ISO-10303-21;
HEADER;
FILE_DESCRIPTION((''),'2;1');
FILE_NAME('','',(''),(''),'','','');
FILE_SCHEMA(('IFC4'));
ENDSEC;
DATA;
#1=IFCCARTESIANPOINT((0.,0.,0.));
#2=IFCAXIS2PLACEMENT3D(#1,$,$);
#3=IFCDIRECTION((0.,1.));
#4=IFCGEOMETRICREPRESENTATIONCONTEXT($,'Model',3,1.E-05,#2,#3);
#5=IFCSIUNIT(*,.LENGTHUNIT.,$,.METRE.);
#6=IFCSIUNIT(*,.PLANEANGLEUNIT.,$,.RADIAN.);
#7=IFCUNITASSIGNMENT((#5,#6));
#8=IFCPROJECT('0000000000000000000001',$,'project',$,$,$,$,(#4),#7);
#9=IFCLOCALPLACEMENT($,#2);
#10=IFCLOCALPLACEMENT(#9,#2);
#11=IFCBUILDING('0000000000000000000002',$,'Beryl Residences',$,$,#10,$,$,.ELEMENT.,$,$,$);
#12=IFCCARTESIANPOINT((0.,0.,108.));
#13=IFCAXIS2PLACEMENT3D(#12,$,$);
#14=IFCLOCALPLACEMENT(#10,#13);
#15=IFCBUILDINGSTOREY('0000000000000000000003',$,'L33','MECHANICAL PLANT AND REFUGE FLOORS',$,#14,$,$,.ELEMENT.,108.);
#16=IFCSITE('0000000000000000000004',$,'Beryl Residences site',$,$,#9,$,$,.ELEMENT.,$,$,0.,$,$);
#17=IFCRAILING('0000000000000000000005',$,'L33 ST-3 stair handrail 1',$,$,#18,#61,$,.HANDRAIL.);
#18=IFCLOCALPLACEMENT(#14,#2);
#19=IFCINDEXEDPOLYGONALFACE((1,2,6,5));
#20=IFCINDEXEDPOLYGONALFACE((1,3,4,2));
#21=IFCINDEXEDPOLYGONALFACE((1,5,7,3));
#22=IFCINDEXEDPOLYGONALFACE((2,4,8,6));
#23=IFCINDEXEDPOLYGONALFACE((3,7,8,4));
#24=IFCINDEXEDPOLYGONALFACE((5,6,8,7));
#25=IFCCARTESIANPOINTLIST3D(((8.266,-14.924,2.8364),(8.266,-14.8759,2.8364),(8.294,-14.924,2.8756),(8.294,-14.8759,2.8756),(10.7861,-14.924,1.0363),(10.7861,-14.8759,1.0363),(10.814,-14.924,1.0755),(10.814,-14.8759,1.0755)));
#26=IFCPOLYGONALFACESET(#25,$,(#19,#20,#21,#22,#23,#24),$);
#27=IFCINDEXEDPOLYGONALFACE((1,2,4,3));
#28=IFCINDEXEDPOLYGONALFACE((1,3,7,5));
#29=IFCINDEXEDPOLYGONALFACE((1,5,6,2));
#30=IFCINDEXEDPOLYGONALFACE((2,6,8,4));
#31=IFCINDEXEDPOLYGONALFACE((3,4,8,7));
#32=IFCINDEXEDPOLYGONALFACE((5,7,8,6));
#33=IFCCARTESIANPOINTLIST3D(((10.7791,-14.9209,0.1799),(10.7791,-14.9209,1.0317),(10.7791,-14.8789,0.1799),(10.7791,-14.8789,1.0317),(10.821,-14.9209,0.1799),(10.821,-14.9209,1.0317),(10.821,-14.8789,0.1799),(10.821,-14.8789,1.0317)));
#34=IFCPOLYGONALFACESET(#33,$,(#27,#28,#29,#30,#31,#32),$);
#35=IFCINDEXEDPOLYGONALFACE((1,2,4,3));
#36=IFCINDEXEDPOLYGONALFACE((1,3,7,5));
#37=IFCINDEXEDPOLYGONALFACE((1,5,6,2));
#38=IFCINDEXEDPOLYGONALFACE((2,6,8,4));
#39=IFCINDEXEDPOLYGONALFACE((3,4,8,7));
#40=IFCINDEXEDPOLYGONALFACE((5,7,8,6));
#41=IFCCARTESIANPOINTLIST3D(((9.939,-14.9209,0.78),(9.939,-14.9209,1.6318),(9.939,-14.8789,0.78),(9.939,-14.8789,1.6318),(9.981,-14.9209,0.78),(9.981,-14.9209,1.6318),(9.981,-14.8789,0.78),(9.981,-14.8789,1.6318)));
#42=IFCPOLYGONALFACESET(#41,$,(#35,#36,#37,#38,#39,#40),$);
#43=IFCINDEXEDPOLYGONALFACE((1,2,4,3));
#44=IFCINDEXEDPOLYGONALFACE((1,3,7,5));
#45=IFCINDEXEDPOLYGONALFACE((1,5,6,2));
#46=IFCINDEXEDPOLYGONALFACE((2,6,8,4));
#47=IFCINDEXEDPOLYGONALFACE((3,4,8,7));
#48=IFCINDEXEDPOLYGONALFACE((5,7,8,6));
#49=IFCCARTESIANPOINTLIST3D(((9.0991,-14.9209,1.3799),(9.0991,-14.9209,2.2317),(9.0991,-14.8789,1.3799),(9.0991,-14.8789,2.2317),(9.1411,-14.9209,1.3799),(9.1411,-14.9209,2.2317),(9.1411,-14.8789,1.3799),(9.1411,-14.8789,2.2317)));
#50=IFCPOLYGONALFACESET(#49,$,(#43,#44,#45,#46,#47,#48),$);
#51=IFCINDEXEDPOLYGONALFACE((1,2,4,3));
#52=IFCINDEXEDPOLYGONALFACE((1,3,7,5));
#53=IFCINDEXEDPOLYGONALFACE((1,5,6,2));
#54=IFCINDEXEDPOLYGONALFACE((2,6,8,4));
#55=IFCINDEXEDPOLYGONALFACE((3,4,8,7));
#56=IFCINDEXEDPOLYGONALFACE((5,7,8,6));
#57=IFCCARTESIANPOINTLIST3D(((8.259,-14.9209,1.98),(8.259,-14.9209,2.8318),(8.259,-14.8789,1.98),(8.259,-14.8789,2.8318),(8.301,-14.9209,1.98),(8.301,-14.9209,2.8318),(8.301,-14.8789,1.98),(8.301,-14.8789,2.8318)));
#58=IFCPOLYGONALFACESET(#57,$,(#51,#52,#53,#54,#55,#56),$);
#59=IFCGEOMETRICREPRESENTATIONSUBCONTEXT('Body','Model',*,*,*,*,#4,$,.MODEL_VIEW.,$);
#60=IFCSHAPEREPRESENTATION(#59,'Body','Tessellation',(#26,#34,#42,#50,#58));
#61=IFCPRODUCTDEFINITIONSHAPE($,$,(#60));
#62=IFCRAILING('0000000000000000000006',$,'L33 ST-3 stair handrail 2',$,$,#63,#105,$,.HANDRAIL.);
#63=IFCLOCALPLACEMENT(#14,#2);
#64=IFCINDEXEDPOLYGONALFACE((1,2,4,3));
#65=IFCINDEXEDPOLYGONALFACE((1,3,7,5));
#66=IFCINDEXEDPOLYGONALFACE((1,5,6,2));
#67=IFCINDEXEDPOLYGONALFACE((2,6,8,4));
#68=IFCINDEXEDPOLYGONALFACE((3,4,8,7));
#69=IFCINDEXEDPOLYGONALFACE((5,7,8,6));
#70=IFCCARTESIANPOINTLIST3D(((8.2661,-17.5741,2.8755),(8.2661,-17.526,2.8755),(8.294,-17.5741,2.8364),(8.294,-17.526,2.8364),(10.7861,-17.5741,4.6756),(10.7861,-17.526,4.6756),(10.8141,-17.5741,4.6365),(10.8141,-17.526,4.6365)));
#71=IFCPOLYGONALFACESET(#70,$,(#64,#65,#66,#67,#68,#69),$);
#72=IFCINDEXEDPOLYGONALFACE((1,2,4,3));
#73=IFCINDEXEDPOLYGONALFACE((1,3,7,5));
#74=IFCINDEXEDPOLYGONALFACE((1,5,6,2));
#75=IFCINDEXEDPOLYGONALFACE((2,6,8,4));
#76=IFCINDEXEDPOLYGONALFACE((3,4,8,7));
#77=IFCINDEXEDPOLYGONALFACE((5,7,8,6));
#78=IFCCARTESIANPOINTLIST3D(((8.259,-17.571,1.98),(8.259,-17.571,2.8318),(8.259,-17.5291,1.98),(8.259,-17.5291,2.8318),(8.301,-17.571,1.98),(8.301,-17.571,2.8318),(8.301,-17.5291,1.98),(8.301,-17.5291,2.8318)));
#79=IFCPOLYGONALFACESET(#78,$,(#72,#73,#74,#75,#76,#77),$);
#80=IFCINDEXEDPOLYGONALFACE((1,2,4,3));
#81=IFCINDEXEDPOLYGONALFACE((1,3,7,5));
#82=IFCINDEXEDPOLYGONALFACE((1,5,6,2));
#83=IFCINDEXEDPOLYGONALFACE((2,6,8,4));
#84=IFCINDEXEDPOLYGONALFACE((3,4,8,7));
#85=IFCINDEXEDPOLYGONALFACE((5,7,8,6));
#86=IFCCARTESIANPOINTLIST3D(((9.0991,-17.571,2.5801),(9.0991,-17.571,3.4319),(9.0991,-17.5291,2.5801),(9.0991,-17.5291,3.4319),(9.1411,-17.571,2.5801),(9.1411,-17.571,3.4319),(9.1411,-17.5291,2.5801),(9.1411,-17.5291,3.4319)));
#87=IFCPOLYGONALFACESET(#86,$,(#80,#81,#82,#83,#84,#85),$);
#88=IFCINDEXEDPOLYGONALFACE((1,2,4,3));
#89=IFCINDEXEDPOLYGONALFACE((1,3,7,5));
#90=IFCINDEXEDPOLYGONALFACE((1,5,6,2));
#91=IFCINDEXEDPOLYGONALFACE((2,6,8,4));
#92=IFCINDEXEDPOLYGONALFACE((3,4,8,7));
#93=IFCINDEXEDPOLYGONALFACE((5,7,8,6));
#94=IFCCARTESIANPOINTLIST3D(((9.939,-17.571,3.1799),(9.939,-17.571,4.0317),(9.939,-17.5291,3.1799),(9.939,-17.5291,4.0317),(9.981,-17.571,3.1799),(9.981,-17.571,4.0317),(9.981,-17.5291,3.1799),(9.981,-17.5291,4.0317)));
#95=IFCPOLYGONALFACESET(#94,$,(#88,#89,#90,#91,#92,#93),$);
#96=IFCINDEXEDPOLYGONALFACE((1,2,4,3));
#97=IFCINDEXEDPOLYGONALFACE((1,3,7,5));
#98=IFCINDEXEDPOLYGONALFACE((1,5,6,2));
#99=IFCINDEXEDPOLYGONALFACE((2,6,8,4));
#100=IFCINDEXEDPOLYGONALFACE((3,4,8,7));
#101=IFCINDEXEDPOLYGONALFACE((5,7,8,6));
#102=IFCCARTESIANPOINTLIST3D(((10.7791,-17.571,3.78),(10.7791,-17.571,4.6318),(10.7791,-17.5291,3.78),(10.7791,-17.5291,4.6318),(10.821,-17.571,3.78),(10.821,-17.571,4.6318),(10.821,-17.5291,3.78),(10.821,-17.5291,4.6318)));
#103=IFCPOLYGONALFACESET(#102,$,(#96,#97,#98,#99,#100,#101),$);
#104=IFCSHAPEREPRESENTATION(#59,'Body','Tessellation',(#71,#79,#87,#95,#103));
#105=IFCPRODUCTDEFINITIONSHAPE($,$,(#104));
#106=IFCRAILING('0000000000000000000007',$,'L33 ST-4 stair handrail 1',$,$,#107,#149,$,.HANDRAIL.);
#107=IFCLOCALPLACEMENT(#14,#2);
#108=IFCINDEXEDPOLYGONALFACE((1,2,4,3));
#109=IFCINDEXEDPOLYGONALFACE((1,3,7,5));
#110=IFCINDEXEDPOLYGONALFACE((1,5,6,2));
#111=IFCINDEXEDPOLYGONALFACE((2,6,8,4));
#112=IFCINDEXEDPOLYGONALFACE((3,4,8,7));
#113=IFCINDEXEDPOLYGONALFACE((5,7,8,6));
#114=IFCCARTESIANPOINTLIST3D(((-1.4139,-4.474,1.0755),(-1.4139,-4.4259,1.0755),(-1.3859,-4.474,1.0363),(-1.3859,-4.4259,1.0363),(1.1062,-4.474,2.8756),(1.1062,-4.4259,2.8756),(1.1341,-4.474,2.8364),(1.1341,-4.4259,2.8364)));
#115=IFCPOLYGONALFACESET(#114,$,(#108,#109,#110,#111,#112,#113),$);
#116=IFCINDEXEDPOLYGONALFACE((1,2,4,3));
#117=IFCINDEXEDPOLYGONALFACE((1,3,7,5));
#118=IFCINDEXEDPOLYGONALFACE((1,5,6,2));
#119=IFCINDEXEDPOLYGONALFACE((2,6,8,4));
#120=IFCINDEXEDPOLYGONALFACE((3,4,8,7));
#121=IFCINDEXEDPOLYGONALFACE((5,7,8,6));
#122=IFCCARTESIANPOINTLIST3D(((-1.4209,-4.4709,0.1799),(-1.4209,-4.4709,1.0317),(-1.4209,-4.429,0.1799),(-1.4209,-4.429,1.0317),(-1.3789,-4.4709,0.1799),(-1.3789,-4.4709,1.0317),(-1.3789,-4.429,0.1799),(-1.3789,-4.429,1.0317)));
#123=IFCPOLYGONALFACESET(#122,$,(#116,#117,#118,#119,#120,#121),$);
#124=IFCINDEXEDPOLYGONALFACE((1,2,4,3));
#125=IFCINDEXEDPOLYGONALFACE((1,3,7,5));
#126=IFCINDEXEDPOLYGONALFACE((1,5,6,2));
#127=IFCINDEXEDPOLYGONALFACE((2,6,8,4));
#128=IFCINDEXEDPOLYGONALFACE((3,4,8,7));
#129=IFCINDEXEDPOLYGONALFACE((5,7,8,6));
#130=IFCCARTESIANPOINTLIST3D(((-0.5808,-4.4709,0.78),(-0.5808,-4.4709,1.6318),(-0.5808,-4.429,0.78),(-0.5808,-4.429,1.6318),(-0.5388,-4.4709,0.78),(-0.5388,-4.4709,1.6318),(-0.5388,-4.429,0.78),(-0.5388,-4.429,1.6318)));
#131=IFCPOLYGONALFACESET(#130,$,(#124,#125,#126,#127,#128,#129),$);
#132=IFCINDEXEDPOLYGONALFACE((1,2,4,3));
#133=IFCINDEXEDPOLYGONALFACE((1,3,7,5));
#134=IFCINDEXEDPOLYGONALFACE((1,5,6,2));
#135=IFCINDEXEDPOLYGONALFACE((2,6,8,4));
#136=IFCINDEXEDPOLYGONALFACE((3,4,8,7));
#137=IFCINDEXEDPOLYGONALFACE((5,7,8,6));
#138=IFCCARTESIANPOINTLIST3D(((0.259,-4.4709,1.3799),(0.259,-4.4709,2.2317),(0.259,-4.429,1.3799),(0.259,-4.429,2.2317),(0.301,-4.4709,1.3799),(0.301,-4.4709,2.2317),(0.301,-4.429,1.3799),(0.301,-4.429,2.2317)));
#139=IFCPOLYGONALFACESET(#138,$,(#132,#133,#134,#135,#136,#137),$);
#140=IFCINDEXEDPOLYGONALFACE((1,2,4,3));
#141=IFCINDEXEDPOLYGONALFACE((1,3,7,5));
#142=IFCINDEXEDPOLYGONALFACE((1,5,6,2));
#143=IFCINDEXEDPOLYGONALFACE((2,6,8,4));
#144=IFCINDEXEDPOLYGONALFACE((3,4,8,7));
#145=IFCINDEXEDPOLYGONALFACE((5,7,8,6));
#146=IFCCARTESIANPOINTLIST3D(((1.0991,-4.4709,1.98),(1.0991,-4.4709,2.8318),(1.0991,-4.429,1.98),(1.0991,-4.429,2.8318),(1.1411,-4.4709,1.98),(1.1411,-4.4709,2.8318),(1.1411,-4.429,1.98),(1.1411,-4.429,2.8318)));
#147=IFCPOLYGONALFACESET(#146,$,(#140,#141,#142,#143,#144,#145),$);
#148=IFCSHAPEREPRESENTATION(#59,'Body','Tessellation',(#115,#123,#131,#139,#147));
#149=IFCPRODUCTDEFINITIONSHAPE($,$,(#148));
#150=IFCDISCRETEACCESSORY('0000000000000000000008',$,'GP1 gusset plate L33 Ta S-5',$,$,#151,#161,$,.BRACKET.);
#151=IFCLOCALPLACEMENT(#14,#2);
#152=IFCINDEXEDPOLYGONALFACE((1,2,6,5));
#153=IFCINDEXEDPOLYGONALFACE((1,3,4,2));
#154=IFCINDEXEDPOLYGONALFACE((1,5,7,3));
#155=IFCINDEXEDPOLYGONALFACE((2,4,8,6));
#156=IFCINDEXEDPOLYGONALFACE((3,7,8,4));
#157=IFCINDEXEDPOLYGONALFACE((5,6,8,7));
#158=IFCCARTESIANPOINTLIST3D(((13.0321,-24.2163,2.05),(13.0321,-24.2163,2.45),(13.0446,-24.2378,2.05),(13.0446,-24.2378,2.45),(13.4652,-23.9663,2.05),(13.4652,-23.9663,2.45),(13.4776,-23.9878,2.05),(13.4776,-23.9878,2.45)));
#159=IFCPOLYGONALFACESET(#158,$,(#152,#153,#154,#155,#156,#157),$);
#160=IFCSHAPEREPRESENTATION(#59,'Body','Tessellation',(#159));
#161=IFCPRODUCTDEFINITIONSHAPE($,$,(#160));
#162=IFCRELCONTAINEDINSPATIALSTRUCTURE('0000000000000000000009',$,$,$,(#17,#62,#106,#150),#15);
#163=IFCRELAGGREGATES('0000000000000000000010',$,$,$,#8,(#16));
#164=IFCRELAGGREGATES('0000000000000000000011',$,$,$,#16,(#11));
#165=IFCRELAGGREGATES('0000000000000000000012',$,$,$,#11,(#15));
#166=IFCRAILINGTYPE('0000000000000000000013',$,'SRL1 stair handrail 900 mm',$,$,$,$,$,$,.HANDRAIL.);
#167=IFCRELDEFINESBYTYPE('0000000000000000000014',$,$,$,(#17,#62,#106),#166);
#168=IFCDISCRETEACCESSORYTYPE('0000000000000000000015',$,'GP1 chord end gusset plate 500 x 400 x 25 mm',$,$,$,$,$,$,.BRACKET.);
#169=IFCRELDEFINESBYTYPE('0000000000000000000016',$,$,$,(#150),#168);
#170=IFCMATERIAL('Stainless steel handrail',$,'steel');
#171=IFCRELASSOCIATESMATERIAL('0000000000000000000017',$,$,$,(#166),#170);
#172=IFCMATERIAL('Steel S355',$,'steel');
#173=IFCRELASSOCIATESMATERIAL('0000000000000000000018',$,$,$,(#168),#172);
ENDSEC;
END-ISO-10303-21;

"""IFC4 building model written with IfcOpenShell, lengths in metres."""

from ifc_helpers import new_model, si_unit, direction, frame, origin, origin_2d, place, context, subcontext, project, spatial, rectangle, extrude, material, type_object, element, save


model = new_model("IFC4")

# Units and contexts
model_context = context("Model", 3, precision=1e-05, world=origin(), true_north=direction((0.0, 1.0)))
body_context = subcontext(model_context, "Body", "Model", "MODEL_VIEW")
ifc_project = project(units=[si_unit("LENGTHUNIT", "METRE"), si_unit("PLANEANGLEUNIT", "RADIAN")], contexts=[model_context])

# Site, building, storey
site_placement = place(None, origin())
site = spatial("IfcSite", under=ifc_project, at=site_placement, Name="Beryl Residences site", CompositionType="ELEMENT", RefElevation=0.0)
building_placement = place(site_placement, origin())
building = spatial("IfcBuilding", under=site, at=building_placement, Name="Beryl Residences", CompositionType="ELEMENT")
storey_placement = place(building_placement, frame((0.0, 0.0, 108.0)))
storey = spatial("IfcBuildingStorey", under=building, at=storey_placement, Name="L33", Description="MECHANICAL PLANT AND REFUGE FLOORS", CompositionType="ELEMENT", Elevation=108.0)

# Railings
ifc_material_1 = material(Name="Stainless steel handrail", Category="steel")
railing_type_1 = type_object("IfcRailingType", Name="SRL1 stair handrail 900 mm", PredefinedType="HANDRAIL", material=ifc_material_1)
railing_1_placement = place(storey_placement, frame((10.8, -14.8999, 0.1799)))
element("IfcRailing", 1, at=railing_1_placement, inside=storey, type_object=railing_type_1, Name="L33 ST-3 stair handrail 1", PredefinedType="HANDRAIL", context=body_context, shape_type="SweptSolid", body=[
    extrude(rectangle(XDim=0.0481, YDim=0.0481, at=origin_2d()), frame((0.0, 0.0, 0.876), z_axis=(-0.813728, 0.0, 0.581246), x_axis=(0.0, -1.0, 0.0)), (0.0, 0.0, 1.0), 3.0969),
    extrude(rectangle(XDim=0.042, YDim=0.042, at=origin_2d()), origin(), (0.0, 0.0, 1.0), 0.8518),
    extrude(rectangle(XDim=0.042, YDim=0.042, at=origin_2d()), frame((-0.8401, 0.0, 0.6001)), (0.0, 0.0, 1.0), 0.8518),
    extrude(rectangle(XDim=0.042, YDim=0.042, at=origin_2d()), frame((-1.6799, 0.0, 1.2)), (0.0, 0.0, 1.0), 0.8518),
    extrude(rectangle(XDim=0.042, YDim=0.042, at=origin_2d()), frame((-2.52, 0.0, 1.8)), (0.0, 0.0, 1.0), 0.8518),
])
for number, where, name in (
    (2, (8.28, -17.55, 1.98), "L33 ST-3 stair handrail 2"),
    (3, (-1.3999, -4.45, 0.1799), "L33 ST-4 stair handrail 1"),
):
    element("IfcRailing", number, at=place(storey_placement, frame(where)), inside=storey, type_object=railing_type_1, Name=name, PredefinedType="HANDRAIL", context=body_context, shape_type="SweptSolid", body=[
        extrude(rectangle(XDim=0.0481, YDim=0.0481, at=origin_2d()), frame((0.0, 0.0, 0.876), z_axis=(0.813728, 0.0, 0.581246), x_axis=(0.0, 1.0, 0.0)), (0.0, 0.0, 1.0), 3.0969),
        extrude(rectangle(XDim=0.042, YDim=0.042, at=origin_2d()), origin(), (0.0, 0.0, 1.0), 0.8518),
        extrude(rectangle(XDim=0.042, YDim=0.042, at=origin_2d()), frame((0.8401, 0.0, 0.6001)), (0.0, 0.0, 1.0), 0.8518),
        extrude(rectangle(XDim=0.042, YDim=0.042, at=origin_2d()), frame((1.6799, 0.0, 1.2)), (0.0, 0.0, 1.0), 0.8518),
        extrude(rectangle(XDim=0.042, YDim=0.042, at=origin_2d()), frame((2.52, 0.0, 1.8)), (0.0, 0.0, 1.0), 0.8518),
    ])

# Discrete accessory
ifc_material_2 = material(Name="Steel S355", Category="steel")
discrete_accessory_type = type_object("IfcDiscreteAccessoryType", Name="GP1 chord end gusset plate 500 x 400 x 25 mm", PredefinedType="BRACKET", material=ifc_material_2)
discrete_accessory_placement = place(storey_placement, frame((13.2549, -24.1021, 2.05), z_axis=(0.0, 0.0, 1.0), x_axis=(0.866056, 0.499947, 0.0)))
element("IfcDiscreteAccessory", 4, at=discrete_accessory_placement, inside=storey, type_object=discrete_accessory_type, Name="GP1 gusset plate L33 Ta S-5", PredefinedType="BRACKET", context=body_context, shape_type="SweptSolid", body=[
    extrude(rectangle(XDim=0.5, YDim=0.0249, at=origin_2d()), origin(), (0.0, 0.0, 1.0), 0.3999),
])

save(model, "model.ifc")
